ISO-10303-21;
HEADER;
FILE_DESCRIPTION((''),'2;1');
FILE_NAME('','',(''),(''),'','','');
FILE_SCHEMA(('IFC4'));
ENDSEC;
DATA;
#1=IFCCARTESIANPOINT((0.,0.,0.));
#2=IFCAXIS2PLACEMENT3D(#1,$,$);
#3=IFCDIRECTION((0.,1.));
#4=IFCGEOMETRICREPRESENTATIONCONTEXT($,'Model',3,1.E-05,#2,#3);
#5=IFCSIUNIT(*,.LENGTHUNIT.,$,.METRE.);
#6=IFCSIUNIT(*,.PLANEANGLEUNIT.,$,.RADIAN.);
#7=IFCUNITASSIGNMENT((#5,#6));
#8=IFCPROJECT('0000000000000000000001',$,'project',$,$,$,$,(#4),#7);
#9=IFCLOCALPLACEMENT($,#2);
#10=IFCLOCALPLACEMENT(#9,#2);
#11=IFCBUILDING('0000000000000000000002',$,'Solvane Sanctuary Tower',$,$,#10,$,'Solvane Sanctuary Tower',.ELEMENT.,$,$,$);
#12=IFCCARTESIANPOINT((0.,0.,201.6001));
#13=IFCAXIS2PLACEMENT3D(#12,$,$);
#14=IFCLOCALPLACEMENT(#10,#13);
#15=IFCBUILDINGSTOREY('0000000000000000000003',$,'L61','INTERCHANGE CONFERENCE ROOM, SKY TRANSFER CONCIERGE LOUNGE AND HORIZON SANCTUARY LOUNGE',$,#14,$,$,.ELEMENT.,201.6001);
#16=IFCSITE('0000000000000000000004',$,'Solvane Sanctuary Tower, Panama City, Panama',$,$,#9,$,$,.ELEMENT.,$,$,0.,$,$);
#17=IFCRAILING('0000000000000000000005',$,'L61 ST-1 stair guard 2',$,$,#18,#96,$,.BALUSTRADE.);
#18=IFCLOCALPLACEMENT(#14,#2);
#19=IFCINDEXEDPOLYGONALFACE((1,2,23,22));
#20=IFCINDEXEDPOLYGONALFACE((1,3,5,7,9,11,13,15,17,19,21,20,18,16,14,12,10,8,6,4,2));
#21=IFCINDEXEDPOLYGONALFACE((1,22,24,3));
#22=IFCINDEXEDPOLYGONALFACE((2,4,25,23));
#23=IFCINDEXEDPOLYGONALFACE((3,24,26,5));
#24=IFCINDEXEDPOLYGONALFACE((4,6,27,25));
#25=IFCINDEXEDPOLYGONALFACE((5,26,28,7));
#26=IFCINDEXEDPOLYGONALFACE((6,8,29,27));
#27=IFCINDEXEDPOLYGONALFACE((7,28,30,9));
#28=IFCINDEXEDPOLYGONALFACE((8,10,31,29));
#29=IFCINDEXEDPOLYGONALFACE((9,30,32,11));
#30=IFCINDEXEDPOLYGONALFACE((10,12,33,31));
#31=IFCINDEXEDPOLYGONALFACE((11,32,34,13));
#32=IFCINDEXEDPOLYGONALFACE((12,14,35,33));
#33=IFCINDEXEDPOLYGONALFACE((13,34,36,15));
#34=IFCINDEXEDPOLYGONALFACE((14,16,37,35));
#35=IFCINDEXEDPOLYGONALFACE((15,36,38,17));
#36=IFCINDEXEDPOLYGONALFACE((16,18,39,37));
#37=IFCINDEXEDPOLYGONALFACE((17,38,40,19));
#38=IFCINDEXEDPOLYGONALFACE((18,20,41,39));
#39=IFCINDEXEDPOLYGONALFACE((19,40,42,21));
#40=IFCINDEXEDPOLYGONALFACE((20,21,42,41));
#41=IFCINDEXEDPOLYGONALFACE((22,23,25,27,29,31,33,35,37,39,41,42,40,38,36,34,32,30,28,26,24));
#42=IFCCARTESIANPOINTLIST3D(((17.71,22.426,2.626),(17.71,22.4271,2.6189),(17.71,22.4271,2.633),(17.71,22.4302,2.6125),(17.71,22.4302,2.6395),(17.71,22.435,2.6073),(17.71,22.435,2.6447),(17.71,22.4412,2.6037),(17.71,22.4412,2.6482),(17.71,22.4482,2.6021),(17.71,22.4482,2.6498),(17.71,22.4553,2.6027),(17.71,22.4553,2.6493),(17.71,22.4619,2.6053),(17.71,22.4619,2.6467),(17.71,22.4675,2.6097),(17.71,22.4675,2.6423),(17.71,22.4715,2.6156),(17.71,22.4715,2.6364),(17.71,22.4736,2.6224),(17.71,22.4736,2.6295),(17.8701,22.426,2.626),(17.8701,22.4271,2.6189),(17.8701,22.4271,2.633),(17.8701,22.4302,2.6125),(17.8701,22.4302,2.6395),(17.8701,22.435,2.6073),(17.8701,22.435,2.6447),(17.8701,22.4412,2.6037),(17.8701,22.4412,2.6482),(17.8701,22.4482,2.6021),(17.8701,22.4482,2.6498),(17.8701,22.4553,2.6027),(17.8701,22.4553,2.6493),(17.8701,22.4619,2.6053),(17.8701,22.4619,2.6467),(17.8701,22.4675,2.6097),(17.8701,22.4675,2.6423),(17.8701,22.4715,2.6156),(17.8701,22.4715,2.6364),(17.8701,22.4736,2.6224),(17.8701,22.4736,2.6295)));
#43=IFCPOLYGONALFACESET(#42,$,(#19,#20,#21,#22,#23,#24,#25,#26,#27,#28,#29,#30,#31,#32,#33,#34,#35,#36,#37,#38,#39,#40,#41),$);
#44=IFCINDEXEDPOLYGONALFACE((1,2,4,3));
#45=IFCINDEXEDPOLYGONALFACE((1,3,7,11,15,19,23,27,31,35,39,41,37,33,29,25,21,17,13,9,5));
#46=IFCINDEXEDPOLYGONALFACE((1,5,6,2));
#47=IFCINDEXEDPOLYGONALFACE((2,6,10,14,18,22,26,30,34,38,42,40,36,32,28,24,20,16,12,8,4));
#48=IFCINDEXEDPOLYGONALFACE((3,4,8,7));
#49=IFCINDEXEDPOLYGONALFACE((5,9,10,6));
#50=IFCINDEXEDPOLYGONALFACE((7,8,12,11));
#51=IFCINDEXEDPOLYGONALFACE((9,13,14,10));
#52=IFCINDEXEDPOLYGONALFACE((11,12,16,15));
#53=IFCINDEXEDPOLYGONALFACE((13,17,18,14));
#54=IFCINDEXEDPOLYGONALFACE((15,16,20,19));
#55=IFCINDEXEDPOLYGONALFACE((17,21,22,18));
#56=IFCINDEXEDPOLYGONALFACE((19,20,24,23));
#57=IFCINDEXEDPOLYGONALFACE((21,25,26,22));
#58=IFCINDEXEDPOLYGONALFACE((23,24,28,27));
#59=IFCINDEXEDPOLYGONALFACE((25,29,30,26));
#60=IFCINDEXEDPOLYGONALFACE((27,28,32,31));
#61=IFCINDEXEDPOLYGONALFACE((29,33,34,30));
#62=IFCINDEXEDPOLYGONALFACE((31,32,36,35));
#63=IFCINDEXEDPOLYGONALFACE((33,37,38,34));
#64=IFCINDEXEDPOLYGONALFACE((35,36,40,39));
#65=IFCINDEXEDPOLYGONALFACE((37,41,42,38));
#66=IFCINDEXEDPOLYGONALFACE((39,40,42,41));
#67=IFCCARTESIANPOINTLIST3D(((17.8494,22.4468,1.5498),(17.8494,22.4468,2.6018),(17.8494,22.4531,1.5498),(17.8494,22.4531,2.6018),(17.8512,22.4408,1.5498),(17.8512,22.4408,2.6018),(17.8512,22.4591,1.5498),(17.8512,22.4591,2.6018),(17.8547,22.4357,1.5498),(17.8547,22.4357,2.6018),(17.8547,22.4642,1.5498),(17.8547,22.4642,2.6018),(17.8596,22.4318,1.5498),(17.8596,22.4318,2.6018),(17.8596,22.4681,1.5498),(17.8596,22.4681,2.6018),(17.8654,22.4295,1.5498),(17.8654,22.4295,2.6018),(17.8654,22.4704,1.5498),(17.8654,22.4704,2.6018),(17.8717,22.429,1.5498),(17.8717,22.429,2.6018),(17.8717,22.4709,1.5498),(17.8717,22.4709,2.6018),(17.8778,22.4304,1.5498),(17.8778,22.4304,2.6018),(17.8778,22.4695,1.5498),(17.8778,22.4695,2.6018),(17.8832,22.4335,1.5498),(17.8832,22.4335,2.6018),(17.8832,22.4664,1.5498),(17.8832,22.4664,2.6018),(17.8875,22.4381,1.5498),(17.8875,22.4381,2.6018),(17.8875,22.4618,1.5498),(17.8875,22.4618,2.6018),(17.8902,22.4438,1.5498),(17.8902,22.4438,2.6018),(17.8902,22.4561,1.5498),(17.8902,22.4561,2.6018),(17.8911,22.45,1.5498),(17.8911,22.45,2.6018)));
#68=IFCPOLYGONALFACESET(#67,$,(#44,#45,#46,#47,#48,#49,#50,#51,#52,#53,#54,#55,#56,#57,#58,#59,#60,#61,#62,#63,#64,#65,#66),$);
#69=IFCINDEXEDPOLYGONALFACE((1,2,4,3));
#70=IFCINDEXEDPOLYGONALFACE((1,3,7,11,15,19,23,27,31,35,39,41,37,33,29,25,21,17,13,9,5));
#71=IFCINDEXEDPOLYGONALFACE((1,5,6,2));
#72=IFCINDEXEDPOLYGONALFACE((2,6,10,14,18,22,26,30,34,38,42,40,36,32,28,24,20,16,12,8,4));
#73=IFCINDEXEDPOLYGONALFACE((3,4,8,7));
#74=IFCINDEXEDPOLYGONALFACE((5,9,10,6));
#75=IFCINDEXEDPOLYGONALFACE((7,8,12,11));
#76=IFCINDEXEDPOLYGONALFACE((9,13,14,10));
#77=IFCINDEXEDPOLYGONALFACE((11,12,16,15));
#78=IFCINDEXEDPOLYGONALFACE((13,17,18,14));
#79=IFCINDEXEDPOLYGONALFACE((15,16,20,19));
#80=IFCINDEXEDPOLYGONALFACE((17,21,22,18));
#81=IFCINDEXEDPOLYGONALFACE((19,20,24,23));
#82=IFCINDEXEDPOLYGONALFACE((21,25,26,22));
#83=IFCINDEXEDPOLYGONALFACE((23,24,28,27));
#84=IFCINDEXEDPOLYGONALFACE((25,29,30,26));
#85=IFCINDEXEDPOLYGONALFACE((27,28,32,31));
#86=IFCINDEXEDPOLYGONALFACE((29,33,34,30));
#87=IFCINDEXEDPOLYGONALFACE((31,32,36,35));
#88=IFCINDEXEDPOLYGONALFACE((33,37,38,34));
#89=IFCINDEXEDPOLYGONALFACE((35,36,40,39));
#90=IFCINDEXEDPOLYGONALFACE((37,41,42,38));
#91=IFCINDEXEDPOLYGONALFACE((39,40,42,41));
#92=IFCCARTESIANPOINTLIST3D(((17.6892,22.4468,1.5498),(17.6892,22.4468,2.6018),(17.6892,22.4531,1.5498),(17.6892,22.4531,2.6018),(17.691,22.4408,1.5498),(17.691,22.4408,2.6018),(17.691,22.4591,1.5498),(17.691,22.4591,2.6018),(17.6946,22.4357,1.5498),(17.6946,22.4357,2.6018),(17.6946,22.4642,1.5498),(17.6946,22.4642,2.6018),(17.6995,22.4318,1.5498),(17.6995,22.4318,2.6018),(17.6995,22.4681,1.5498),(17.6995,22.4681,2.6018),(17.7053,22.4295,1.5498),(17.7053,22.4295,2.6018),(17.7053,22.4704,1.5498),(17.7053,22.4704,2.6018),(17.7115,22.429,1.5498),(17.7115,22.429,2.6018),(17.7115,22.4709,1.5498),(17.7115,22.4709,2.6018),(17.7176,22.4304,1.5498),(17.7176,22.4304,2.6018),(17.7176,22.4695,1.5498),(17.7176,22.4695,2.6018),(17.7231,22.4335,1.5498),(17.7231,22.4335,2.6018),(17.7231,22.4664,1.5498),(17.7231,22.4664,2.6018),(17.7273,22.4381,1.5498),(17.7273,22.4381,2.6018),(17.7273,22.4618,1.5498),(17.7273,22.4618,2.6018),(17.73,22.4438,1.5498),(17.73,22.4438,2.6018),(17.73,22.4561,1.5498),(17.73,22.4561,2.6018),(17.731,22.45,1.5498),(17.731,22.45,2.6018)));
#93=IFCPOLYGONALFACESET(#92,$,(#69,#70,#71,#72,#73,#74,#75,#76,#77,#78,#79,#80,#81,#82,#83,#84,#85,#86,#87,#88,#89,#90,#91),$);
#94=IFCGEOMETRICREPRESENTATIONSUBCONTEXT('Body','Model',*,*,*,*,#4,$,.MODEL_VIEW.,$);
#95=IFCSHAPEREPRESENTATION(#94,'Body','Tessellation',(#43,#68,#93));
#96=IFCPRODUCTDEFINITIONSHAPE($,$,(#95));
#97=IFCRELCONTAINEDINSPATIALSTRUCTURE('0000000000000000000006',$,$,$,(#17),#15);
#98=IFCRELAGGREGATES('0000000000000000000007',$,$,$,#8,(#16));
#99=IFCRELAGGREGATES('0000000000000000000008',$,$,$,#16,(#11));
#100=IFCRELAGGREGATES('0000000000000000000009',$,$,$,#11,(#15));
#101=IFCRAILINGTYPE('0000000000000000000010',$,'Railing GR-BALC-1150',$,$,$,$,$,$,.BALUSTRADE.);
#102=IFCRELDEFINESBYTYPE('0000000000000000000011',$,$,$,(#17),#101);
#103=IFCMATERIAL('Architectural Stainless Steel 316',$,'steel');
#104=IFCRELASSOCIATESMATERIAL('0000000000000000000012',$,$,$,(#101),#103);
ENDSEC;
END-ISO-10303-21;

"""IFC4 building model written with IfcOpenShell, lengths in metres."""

from ifc_helpers import new_model, si_unit, direction, frame, origin, origin_2d, place, context, subcontext, project, spatial, circle, extrude, material, type_object, element, save


model = new_model("IFC4")

# Units and contexts
model_context = context("Model", 3, precision=1e-05, world=origin(), true_north=direction((0.0, 1.0)))
body_context = subcontext(model_context, "Body", "Model", "MODEL_VIEW")
ifc_project = project(units=[si_unit("LENGTHUNIT", "METRE"), si_unit("PLANEANGLEUNIT", "RADIAN")], contexts=[model_context])

# Site, building, storey
site_placement = place(None, origin())
site = spatial("IfcSite", under=ifc_project, at=site_placement, Name="Solvane Sanctuary Tower, Panama City, Panama", CompositionType="ELEMENT", RefElevation=0.0)
building_placement = place(site_placement, origin())
building = spatial("IfcBuilding", under=site, at=building_placement, Name="Solvane Sanctuary Tower", LongName="Solvane Sanctuary Tower", CompositionType="ELEMENT")
storey_placement = place(building_placement, frame((0.0, 0.0, 201.6001)))
storey = spatial("IfcBuildingStorey", under=building, at=storey_placement, Name="L61", Description="INTERCHANGE CONFERENCE ROOM, SKY TRANSFER CONCIERGE LOUNGE AND HORIZON SANCTUARY LOUNGE", CompositionType="ELEMENT", Elevation=201.6001)

# Shared definitions
ifc_material_1 = material(Name="Architectural Stainless Steel 316", Category="steel")

# Railing
railing_type_1 = type_object("IfcRailingType", Name="Railing GR-BALC-1150", PredefinedType="BALUSTRADE", material=ifc_material_1)
railing_1_placement = place(storey_placement, frame((17.8701, 22.45, 1.5498)))
element("IfcRailing", 1, at=railing_1_placement, inside=storey, type_object=railing_type_1, Name="L61 ST-1 stair guard 2", PredefinedType="BALUSTRADE", context=body_context, shape_type="SweptSolid", body=[
    extrude(circle(Radius=0.0239, at=origin_2d()), frame((0.0, 0.0, 1.0762), z_axis=(-1.0, 0.0, 0.0), x_axis=(0.0, -1.0, 0.0)), (0.0, 0.0, 1.0), 0.1602),
    extrude(circle(Radius=0.021, at=origin_2d()), origin(), (0.0, 0.0, 1.0), 1.052),
    extrude(circle(Radius=0.021, at=origin_2d()), frame((-0.1602, 0.0, 0.0)), (0.0, 0.0, 1.0), 1.052),
])

save(model, "model.ifc")
